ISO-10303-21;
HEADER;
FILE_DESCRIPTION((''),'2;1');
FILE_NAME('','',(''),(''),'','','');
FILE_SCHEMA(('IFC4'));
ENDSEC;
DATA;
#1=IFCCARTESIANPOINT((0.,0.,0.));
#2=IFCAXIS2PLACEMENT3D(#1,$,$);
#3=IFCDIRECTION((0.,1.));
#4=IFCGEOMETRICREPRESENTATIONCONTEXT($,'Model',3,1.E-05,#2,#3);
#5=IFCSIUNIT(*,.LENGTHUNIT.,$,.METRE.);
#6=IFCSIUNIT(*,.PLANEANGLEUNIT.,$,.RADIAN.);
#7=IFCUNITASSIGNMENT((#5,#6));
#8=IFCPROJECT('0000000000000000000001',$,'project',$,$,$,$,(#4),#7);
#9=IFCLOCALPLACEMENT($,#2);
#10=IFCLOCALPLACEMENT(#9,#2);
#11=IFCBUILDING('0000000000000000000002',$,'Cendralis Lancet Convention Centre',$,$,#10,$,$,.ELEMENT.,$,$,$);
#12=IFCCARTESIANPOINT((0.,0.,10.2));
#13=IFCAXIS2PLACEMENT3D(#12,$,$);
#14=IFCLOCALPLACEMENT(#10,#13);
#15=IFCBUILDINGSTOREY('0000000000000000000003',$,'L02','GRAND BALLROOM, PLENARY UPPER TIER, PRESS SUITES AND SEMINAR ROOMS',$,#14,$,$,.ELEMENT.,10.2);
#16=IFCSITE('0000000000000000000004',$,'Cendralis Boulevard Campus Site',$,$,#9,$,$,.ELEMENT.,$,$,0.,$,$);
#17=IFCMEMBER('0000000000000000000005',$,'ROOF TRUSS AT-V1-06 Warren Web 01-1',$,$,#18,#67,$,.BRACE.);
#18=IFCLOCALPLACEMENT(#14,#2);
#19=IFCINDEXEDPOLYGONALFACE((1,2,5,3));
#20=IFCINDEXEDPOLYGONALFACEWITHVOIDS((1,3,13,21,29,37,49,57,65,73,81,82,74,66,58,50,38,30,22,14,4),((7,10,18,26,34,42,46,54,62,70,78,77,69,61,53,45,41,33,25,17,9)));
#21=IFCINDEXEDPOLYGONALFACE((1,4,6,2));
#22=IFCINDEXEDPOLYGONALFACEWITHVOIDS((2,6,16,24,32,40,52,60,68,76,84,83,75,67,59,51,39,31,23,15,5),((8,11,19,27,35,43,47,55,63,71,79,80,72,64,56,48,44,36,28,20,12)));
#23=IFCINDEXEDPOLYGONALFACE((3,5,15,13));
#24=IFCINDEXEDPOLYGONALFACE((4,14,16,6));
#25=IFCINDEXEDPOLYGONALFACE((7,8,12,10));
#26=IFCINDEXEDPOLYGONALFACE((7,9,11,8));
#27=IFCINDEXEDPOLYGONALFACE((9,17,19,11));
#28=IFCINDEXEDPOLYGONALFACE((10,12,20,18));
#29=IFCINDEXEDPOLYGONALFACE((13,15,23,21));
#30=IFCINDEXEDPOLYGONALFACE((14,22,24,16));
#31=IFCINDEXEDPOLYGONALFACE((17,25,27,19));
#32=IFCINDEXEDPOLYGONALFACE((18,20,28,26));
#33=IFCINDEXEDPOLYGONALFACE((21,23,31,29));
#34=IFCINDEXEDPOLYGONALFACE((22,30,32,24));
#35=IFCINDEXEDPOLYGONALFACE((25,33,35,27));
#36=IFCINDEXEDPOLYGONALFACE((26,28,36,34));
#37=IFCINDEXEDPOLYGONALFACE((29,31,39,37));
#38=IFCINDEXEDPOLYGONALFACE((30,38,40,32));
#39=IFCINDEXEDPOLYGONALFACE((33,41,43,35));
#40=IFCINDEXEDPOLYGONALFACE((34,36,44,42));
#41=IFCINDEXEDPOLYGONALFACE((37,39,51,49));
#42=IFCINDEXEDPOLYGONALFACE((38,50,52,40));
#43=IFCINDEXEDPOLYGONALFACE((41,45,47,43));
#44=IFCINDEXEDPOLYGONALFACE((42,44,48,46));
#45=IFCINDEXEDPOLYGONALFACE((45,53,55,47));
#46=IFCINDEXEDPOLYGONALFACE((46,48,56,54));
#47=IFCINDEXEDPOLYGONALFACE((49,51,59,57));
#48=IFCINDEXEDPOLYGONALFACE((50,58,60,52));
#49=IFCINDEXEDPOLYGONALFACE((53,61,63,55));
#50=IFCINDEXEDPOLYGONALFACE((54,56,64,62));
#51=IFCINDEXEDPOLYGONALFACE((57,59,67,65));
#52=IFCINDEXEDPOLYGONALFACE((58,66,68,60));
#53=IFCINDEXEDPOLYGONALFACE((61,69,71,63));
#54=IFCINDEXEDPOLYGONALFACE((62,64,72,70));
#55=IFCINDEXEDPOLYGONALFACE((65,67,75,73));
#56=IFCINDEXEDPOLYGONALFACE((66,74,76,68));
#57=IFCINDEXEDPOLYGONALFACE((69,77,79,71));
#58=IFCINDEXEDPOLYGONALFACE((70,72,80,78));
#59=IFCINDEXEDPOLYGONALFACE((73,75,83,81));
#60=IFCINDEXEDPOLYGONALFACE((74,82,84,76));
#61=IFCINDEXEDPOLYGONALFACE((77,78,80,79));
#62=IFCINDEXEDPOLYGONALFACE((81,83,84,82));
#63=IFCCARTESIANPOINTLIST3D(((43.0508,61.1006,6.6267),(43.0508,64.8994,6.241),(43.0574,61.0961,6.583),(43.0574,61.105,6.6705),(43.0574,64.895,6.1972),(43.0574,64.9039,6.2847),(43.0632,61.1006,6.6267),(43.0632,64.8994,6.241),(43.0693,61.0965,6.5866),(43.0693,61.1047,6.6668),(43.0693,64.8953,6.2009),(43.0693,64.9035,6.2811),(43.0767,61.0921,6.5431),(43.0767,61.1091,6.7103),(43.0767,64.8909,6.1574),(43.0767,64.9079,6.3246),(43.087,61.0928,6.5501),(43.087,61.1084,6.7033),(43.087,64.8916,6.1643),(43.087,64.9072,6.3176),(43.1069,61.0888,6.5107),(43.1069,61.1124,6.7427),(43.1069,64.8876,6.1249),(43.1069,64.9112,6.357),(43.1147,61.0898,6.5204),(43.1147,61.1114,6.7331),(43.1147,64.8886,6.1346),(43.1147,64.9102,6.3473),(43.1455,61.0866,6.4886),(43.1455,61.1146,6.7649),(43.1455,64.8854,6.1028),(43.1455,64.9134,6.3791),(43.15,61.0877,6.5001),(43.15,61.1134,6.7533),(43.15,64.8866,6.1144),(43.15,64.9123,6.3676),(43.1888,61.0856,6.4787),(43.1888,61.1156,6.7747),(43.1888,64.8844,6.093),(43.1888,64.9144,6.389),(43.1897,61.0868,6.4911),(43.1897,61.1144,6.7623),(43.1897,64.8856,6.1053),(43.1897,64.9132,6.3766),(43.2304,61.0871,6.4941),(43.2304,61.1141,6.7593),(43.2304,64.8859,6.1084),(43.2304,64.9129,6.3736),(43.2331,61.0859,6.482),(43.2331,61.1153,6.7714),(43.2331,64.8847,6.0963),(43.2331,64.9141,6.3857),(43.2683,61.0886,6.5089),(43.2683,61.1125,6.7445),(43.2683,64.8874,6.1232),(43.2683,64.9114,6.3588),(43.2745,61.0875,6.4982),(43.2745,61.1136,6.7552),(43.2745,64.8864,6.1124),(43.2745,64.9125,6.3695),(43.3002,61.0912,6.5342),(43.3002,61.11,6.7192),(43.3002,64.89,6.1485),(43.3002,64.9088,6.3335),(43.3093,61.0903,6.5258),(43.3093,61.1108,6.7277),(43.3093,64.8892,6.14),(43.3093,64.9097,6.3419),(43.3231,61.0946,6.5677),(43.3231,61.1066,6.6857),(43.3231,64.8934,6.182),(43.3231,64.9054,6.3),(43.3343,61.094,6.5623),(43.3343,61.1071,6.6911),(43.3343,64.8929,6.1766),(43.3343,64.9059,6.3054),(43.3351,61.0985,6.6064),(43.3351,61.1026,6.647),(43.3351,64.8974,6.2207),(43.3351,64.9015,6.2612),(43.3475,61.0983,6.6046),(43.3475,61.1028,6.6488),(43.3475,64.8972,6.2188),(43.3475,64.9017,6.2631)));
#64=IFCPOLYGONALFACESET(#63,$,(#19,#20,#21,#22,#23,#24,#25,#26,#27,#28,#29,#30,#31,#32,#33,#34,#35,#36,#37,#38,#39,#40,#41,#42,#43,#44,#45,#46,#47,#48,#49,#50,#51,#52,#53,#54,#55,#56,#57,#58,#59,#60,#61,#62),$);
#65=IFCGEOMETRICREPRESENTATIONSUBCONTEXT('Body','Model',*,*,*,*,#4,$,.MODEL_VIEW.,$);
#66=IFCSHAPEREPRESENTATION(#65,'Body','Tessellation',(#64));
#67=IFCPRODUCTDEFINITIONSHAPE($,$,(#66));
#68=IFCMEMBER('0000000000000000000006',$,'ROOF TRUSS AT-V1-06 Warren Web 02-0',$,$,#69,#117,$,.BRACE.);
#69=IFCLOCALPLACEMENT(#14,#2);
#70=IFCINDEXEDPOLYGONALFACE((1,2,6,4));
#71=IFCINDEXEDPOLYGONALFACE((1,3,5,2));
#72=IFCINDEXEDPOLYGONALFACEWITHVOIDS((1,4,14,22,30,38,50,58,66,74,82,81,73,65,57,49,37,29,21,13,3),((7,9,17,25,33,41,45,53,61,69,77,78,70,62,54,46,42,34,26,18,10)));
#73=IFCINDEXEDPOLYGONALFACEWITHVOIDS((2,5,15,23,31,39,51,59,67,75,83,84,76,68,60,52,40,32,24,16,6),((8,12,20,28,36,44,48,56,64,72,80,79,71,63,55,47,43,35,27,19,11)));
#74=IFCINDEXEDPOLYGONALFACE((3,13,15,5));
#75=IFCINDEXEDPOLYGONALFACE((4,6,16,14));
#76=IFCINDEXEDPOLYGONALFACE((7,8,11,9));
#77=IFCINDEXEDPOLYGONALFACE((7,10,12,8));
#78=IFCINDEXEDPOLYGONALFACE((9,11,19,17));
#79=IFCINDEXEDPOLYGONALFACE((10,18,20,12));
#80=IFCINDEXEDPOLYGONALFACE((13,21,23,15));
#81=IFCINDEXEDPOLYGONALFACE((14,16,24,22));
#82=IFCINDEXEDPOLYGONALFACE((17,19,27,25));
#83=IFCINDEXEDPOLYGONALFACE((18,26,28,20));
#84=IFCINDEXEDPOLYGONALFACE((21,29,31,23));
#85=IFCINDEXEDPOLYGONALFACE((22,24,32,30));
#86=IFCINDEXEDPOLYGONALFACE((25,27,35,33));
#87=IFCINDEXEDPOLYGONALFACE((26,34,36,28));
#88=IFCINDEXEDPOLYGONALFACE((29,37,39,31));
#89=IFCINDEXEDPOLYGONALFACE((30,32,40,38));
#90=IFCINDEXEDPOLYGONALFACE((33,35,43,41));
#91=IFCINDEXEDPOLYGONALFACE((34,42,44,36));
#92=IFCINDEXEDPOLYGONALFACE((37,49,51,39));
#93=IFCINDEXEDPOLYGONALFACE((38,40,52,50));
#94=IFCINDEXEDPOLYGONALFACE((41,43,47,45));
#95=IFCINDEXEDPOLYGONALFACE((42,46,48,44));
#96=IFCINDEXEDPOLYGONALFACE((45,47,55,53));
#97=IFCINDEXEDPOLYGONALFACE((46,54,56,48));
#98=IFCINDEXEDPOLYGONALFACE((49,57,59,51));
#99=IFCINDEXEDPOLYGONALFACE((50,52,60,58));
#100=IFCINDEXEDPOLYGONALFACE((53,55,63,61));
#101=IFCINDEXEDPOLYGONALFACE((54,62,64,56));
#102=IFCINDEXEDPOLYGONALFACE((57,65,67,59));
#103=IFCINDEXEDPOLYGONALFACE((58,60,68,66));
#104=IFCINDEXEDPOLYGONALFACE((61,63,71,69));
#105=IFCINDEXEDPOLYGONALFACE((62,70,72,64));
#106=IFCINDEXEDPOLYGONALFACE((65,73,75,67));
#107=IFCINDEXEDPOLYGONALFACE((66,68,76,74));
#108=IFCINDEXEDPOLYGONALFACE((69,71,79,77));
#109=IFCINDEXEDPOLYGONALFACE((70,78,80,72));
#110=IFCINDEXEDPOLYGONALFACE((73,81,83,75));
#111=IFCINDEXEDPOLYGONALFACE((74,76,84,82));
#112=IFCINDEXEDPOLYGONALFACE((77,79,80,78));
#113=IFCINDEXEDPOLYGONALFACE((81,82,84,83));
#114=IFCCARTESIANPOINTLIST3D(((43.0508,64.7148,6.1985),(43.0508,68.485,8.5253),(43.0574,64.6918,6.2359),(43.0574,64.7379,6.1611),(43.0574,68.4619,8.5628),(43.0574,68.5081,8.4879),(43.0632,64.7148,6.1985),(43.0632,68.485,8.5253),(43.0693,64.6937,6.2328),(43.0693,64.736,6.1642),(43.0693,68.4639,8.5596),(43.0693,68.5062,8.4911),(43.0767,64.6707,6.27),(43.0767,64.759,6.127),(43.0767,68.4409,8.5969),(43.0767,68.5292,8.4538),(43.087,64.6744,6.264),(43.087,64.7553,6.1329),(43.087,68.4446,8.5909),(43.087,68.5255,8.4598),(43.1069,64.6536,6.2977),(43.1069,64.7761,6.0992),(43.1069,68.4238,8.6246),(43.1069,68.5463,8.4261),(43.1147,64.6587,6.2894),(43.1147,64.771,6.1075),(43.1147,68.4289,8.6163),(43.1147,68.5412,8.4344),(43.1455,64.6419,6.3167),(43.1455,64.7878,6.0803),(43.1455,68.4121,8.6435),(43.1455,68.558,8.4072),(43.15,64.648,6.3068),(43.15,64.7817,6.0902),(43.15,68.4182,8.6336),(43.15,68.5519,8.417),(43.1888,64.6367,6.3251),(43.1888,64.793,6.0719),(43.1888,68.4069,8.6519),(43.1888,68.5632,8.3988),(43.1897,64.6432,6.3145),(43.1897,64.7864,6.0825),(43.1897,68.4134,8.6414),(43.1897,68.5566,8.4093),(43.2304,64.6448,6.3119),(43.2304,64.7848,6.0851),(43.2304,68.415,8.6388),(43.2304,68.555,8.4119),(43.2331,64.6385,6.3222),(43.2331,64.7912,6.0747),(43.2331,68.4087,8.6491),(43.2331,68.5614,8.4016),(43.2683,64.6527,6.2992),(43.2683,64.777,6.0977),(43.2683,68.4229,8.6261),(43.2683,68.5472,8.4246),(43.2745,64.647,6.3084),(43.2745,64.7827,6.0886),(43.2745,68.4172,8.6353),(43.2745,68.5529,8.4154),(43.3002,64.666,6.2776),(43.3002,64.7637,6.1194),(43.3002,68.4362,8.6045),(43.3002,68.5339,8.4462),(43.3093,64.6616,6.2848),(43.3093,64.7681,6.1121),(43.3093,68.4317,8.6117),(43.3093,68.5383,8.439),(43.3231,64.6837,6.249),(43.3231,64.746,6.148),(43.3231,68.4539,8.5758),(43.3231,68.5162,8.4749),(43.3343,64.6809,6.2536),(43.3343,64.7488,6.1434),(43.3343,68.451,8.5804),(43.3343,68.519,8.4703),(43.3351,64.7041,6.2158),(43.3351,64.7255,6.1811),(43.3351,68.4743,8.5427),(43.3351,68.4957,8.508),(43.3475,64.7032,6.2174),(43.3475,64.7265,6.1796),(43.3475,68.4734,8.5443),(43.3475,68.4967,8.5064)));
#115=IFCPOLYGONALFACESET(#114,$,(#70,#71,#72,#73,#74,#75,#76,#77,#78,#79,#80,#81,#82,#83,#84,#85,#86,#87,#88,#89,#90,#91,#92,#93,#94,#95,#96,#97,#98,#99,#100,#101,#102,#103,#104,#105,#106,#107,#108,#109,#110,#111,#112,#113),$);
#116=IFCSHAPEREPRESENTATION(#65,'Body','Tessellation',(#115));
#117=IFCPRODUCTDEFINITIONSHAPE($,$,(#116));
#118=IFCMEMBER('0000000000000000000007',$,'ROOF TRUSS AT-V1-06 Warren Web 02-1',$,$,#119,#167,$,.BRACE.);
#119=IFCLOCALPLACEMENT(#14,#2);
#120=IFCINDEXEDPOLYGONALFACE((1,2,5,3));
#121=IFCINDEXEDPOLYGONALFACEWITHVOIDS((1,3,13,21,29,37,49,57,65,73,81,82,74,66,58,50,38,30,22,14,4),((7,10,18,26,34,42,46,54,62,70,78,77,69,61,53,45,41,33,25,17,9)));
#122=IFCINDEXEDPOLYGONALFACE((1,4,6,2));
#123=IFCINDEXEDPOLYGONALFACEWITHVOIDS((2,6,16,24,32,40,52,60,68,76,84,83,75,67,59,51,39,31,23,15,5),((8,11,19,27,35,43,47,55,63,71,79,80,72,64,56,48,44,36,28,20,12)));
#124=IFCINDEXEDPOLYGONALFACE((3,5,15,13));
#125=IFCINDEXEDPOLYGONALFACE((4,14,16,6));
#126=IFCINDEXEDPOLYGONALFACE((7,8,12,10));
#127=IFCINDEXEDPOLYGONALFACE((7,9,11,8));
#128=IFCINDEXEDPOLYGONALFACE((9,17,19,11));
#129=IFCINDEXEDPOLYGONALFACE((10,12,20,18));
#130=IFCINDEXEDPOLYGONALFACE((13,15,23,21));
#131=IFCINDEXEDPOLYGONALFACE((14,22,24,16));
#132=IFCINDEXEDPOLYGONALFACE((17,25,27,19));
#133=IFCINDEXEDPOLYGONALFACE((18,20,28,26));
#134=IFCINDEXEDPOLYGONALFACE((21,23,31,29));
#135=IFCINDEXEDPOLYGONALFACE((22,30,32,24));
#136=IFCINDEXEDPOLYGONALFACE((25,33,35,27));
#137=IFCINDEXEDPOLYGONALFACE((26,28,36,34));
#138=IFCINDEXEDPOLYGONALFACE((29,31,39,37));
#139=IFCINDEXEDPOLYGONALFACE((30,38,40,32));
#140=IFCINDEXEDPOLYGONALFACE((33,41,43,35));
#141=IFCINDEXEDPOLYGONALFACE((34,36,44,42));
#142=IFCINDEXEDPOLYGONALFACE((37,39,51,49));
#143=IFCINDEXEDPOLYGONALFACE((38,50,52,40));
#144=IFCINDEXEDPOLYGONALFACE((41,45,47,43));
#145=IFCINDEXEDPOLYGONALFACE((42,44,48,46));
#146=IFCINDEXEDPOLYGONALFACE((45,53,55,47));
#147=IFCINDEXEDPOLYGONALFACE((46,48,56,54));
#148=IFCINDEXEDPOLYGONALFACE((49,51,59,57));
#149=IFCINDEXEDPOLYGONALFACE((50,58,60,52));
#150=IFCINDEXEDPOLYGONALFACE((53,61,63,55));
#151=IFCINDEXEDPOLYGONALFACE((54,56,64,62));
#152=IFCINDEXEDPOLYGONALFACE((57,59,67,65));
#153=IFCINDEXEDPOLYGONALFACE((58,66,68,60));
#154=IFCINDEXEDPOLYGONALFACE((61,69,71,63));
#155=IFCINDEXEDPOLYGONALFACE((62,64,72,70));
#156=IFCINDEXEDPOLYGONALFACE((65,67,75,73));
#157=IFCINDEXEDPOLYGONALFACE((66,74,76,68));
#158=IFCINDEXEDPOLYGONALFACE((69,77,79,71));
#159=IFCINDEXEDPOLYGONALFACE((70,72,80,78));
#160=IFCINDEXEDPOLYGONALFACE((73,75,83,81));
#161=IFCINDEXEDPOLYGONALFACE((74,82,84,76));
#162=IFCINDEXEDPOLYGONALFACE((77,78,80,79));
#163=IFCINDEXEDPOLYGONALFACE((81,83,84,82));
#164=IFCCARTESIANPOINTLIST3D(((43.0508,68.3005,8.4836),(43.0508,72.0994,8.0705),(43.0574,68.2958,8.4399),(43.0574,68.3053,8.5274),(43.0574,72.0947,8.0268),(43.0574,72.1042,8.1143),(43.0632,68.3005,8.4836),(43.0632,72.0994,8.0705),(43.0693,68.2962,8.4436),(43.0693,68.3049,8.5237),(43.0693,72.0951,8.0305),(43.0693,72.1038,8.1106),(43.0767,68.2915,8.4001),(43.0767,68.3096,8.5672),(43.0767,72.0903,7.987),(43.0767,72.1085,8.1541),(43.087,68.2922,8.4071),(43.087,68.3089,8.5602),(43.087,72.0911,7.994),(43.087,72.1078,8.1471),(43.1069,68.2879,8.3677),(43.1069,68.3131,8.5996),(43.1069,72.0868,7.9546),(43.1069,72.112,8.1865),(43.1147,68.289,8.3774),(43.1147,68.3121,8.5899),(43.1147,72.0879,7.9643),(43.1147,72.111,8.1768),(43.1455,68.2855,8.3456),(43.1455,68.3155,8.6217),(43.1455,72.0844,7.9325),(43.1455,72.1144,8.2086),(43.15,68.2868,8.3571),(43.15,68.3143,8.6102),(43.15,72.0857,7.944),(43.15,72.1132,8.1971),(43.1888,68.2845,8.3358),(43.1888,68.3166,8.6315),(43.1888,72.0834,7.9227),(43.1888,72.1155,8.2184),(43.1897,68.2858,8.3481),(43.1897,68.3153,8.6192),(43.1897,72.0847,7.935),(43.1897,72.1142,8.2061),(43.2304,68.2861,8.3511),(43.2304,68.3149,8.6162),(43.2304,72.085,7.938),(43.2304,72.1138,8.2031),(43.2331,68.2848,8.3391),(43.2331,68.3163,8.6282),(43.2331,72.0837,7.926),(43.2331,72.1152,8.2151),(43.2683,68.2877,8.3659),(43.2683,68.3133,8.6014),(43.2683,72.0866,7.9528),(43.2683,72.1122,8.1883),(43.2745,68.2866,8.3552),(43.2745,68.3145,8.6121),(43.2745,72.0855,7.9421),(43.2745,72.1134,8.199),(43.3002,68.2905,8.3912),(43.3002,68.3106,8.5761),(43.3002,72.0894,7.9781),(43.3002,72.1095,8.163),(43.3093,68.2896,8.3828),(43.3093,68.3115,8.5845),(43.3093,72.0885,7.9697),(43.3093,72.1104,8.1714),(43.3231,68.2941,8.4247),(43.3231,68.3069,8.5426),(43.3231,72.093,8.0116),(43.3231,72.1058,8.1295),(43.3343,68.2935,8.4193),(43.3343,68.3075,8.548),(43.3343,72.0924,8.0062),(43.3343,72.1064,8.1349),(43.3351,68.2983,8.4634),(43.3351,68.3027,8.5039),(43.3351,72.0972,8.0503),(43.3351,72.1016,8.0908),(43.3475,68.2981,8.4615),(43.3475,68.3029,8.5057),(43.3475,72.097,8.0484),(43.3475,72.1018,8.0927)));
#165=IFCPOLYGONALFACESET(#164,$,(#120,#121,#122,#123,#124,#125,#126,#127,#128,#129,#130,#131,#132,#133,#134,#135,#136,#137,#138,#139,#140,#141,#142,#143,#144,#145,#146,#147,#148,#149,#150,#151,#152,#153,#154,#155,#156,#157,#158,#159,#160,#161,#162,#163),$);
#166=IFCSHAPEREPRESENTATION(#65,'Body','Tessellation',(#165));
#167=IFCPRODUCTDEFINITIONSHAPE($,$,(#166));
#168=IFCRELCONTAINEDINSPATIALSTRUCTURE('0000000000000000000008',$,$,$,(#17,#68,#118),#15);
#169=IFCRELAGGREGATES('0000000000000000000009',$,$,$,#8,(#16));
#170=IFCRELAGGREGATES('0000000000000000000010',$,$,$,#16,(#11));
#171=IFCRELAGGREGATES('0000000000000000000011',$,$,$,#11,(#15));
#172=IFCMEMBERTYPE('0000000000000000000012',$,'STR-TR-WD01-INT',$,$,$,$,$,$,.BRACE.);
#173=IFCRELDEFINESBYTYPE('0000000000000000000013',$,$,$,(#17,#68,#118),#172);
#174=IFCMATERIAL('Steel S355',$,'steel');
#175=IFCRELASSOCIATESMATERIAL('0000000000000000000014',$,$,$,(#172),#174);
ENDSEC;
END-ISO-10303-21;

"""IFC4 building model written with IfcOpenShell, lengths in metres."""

from ifc_helpers import new_model, si_unit, direction, frame, origin, origin_2d, place, context, subcontext, project, spatial, hollow_circle, extrude, material, material_profile, profile_set, type_object, element, save


model = new_model("IFC4")

# Units and contexts
model_context = context("Model", 3, precision=1e-05, world=origin(), true_north=direction((0.0, 1.0)))
body_context = subcontext(model_context, "Body", "Model", "MODEL_VIEW")
ifc_project = project(units=[si_unit("LENGTHUNIT", "METRE"), si_unit("PLANEANGLEUNIT", "RADIAN")], contexts=[model_context])

# Site, building, storey
site_placement = place(None, origin())
site = spatial("IfcSite", under=ifc_project, at=site_placement, Name="Cendralis Boulevard Campus Site", CompositionType="ELEMENT", RefElevation=0.0)
building_placement = place(site_placement, origin())
building = spatial("IfcBuilding", under=site, at=building_placement, Name="Cendralis Lancet Convention Centre", CompositionType="ELEMENT")
storey_placement = place(building_placement, frame((0.0, 0.0, 10.2)))
storey = spatial("IfcBuildingStorey", under=building, at=storey_placement, Name="L02", Description="GRAND BALLROOM, PLENARY UPPER TIER, PRESS SUITES AND SEMINAR ROOMS", CompositionType="ELEMENT", Elevation=10.2)

# Members
ifc_material = material(Name="Steel S355", Category="steel")
ifc_material_profile_1 = material_profile(ifc_material, hollow_circle(Radius=0.1492, WallThickness=0.0125, at=origin_2d()), Name="CHS 298.5x12.5")
ifc_profile_set_1 = profile_set([ifc_material_profile_1], Name="Steel S355")
member_type_1 = type_object("IfcMemberType", Name="STR-TR-WD01-INT", PredefinedType="BRACE", material=ifc_profile_set_1)
member_1_placement = place(storey_placement, frame((43.2, 61.1006, 6.6267), z_axis=(0.0, 0.994884, -0.101023), x_axis=(-1.0, 0.0, 0.0)))
element("IfcMember", 1, at=member_1_placement, inside=storey, type_object=member_type_1, Name="ROOF TRUSS AT-V1-06 Warren Web 01-1", PredefinedType="BRACE", context=body_context, shape_type="SweptSolid", body=[
    extrude(hollow_circle(Radius=0.1492, WallThickness=0.0125, at=origin_2d()), origin(), (0.0, 0.0, 1.0), 3.8184),
])
member_2_placement = place(storey_placement, frame((43.2, 64.7148, 6.1985), z_axis=(0.0, 0.850978, 0.525201), x_axis=(-1.0, 0.0, 0.0)))
element("IfcMember", 2, at=member_2_placement, inside=storey, type_object=member_type_1, Name="ROOF TRUSS AT-V1-06 Warren Web 02-0", PredefinedType="BRACE", context=body_context, shape_type="SweptSolid", body=[
    extrude(hollow_circle(Radius=0.1492, WallThickness=0.0125, at=origin_2d()), origin(), (0.0, 0.0, 1.0), 4.4304),
])
member_3_placement = place(storey_placement, frame((43.2, 68.3005, 8.4836), z_axis=(0.0, 0.99414, -0.108103), x_axis=(-1.0, 0.0, 0.0)))
element("IfcMember", 3, at=member_3_placement, inside=storey, type_object=member_type_1, Name="ROOF TRUSS AT-V1-06 Warren Web 02-1", PredefinedType="BRACE", context=body_context, shape_type="SweptSolid", body=[
    extrude(hollow_circle(Radius=0.1492, WallThickness=0.0125, at=origin_2d()), origin(), (0.0, 0.0, 1.0), 3.8213),
])

save(model, "model.ifc")
